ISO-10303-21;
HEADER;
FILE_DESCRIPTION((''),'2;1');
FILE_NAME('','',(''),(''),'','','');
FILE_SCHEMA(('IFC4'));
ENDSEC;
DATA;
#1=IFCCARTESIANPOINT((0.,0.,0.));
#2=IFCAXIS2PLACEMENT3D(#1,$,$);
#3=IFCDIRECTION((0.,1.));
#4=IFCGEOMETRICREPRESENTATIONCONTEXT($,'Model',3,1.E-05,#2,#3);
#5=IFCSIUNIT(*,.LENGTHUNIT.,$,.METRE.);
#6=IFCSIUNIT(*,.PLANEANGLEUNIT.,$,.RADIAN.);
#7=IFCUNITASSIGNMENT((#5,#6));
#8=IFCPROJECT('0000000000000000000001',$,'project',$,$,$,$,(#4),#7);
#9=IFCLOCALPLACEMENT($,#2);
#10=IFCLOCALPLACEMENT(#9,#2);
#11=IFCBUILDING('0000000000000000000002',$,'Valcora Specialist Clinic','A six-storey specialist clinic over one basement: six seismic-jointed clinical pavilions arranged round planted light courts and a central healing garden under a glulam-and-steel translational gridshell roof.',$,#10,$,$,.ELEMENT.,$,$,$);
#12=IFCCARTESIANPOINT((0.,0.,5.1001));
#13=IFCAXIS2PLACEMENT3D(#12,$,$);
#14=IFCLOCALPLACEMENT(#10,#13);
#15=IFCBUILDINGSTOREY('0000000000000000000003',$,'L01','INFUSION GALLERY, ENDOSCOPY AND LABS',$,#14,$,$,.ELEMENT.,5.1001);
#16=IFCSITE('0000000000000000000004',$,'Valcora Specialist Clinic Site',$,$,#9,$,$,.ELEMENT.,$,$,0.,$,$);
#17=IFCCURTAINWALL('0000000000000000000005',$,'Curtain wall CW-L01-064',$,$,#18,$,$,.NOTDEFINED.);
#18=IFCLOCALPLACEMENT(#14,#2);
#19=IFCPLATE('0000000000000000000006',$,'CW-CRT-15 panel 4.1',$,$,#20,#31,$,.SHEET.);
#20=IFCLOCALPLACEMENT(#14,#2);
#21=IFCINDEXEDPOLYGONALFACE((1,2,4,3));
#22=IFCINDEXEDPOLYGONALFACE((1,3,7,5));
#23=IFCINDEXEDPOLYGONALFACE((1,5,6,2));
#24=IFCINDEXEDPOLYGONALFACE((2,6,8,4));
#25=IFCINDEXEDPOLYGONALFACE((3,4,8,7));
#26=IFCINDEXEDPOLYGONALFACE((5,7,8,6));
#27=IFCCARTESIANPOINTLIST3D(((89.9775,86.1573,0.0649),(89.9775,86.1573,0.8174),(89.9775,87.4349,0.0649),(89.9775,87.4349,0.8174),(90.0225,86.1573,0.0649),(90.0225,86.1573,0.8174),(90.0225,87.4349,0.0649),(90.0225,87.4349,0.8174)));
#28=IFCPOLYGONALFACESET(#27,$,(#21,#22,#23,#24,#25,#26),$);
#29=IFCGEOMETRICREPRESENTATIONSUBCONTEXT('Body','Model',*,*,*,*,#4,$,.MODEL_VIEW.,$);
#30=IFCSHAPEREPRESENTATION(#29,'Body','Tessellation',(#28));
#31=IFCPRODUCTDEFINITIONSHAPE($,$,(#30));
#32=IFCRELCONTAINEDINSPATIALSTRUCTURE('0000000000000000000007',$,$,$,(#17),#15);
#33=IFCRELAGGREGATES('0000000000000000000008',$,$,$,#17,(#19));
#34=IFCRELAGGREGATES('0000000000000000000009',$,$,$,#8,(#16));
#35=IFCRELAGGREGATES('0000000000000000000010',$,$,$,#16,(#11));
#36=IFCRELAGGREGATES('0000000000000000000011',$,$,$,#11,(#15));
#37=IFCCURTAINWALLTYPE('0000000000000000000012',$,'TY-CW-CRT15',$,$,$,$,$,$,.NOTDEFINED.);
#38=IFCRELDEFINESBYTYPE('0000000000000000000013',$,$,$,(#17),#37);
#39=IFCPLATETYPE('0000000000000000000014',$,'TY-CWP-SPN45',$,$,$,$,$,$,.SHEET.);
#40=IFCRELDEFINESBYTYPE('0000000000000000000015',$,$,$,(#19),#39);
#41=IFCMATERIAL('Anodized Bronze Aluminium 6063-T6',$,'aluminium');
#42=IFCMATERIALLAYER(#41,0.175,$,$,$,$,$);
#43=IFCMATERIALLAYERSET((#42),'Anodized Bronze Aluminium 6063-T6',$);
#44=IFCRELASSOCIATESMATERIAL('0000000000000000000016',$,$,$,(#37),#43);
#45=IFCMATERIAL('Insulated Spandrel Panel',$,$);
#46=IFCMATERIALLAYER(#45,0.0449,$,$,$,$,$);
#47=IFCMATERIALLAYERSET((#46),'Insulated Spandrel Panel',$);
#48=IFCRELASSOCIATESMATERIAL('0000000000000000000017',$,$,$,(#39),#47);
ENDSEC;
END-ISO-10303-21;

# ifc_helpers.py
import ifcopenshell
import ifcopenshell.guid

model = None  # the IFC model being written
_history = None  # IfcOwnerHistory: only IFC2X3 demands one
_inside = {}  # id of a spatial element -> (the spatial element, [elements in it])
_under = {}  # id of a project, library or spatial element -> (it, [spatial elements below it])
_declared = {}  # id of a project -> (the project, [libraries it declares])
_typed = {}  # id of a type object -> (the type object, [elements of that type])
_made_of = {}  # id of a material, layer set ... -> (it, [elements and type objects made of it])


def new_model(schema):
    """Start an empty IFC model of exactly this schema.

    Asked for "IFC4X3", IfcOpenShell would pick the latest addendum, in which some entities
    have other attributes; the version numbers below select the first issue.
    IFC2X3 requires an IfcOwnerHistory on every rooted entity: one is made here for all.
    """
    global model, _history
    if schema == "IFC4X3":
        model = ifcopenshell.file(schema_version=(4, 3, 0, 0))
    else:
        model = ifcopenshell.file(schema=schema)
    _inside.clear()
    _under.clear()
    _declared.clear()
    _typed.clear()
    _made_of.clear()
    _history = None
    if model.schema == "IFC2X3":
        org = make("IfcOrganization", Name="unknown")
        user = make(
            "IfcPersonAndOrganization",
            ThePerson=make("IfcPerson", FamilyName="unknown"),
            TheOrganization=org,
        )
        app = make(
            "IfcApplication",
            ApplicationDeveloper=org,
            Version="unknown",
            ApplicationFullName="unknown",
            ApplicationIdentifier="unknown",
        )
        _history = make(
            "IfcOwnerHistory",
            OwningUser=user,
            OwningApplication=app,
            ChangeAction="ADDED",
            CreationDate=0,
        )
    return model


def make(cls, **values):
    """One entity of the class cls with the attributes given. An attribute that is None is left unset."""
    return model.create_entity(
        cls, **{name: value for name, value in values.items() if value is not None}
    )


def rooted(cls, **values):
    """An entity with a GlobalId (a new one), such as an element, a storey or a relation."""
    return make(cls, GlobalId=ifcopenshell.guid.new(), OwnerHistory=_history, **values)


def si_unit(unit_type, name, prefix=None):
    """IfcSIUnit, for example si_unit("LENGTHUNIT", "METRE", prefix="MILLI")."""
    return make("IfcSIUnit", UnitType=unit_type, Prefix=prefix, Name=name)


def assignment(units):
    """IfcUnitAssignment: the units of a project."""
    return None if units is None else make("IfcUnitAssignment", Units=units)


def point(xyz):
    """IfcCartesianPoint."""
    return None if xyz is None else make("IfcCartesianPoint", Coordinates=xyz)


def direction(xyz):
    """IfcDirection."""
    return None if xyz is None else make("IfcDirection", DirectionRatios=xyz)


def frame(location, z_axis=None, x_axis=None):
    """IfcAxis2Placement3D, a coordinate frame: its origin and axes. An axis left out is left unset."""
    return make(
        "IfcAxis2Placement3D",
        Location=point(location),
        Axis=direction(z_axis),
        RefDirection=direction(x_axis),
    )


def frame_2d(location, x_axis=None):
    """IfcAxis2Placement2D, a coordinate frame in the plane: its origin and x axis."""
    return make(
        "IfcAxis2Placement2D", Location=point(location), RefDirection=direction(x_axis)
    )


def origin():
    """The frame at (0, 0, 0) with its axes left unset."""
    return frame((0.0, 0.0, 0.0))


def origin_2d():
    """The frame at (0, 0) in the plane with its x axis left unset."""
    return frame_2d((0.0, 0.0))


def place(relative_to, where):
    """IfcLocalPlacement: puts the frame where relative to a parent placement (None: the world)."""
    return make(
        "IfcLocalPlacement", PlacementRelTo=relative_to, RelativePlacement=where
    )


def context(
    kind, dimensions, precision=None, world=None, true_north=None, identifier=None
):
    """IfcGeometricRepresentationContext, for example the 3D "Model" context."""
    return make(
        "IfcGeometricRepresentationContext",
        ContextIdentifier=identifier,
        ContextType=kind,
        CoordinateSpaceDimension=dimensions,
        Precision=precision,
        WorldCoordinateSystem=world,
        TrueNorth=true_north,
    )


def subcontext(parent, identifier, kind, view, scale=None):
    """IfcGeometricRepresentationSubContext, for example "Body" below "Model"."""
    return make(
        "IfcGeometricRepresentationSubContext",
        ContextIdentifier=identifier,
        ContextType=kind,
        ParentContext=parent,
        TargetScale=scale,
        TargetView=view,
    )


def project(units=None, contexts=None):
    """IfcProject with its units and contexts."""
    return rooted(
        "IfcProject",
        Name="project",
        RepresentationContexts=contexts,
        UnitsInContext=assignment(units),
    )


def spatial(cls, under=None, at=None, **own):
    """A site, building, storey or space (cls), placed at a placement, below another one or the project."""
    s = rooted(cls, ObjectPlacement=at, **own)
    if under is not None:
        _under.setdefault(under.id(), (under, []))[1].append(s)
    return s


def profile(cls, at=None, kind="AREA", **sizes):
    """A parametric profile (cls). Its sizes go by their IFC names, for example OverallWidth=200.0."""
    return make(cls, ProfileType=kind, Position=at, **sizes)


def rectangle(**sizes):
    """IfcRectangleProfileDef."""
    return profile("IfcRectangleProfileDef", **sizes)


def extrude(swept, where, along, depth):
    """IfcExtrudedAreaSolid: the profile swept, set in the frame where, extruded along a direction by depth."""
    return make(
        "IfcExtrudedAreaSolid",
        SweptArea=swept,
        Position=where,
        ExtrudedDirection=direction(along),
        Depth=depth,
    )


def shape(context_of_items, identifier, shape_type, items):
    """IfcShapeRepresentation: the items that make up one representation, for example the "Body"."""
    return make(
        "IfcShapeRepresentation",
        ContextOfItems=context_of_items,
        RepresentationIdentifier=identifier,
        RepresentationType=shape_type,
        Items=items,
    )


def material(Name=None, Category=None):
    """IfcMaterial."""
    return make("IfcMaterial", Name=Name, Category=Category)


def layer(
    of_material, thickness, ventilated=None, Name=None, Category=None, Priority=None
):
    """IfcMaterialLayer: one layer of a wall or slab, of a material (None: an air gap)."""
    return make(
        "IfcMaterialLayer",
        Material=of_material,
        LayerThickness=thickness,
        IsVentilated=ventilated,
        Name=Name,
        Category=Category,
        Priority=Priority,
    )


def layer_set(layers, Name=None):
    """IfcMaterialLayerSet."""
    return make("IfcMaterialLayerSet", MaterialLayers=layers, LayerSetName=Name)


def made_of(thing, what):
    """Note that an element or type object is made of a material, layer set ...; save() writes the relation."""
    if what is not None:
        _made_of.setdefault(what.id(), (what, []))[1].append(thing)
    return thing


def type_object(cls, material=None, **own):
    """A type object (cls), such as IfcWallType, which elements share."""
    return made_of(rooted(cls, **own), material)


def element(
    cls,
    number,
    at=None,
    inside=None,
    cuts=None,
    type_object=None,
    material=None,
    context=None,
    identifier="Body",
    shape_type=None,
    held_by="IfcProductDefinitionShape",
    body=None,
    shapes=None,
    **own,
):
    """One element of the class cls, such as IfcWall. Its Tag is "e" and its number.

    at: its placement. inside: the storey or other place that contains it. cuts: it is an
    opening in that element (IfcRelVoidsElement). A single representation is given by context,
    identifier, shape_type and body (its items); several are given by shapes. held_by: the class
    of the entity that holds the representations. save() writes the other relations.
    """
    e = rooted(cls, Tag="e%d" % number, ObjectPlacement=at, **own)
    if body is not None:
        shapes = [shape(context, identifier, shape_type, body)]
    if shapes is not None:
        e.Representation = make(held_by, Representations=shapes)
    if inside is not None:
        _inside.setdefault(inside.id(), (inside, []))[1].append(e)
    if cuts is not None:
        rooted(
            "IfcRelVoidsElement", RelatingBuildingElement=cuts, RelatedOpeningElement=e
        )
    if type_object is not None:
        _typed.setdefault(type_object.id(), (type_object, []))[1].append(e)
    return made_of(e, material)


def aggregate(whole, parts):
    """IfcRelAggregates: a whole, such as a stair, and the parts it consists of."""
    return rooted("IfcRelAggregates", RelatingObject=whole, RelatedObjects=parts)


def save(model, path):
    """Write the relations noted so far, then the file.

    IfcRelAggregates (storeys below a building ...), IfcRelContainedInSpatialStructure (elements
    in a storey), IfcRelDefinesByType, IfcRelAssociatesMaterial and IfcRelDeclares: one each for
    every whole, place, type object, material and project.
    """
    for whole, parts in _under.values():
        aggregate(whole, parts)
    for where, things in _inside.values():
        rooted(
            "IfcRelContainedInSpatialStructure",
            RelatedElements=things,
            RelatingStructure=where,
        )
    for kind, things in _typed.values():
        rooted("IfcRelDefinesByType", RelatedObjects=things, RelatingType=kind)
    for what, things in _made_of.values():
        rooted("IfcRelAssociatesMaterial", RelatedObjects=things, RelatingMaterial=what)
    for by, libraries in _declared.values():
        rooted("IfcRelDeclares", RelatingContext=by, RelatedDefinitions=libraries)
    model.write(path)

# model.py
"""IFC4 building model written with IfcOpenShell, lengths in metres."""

from ifc_helpers import new_model, si_unit, direction, frame, origin, origin_2d, place, context, subcontext, project, spatial, rectangle, extrude, material, layer, layer_set, type_object, element, aggregate, save


model = new_model("IFC4")

# Units and contexts
model_context = context("Model", 3, precision=1e-05, world=origin(), true_north=direction((0.0, 1.0)))
body_context = subcontext(model_context, "Body", "Model", "MODEL_VIEW")
ifc_project = project(units=[si_unit("LENGTHUNIT", "METRE"), si_unit("PLANEANGLEUNIT", "RADIAN")], contexts=[model_context])

# Site, building, storey
site_placement = place(None, origin())
site = spatial("IfcSite", under=ifc_project, at=site_placement, Name="Valcora Specialist Clinic Site", CompositionType="ELEMENT", RefElevation=0.0)
building_placement = place(site_placement, origin())
building = spatial("IfcBuilding", under=site, at=building_placement, Name="Valcora Specialist Clinic", Description="A six-storey specialist clinic over one basement: six seismic-jointed clinical pavilions arranged round planted light courts and a central healing garden under a glulam-and-steel translational gridshell roof.", CompositionType="ELEMENT")
storey_placement = place(building_placement, frame((0.0, 0.0, 5.1001)))
storey = spatial("IfcBuildingStorey", under=building, at=storey_placement, Name="L01", Description="INFUSION GALLERY, ENDOSCOPY AND LABS", CompositionType="ELEMENT", Elevation=5.1001)

# Curtain wall, plate
ifc_material_1 = material(Name="Anodized Bronze Aluminium 6063-T6", Category="aluminium")
ifc_layer_1 = layer(ifc_material_1, 0.175)
ifc_layer_set_1 = layer_set([ifc_layer_1], Name="Anodized Bronze Aluminium 6063-T6")
curtain_wall_type = type_object("IfcCurtainWallType", Name="TY-CW-CRT15", PredefinedType="NOTDEFINED", material=ifc_layer_set_1)
curtain_wall_placement = place(storey_placement, origin())
curtain_wall = element("IfcCurtainWall", 1, at=curtain_wall_placement, inside=storey, type_object=curtain_wall_type, Name="Curtain wall CW-L01-064", PredefinedType="NOTDEFINED")
ifc_material_2 = material(Name="Insulated Spandrel Panel")
ifc_layer_2 = layer(ifc_material_2, 0.0449)
ifc_layer_set_2 = layer_set([ifc_layer_2], Name="Insulated Spandrel Panel")
plate_type_1 = type_object("IfcPlateType", Name="TY-CWP-SPN45", PredefinedType="SHEET", material=ifc_layer_set_2)
plate_1_placement = place(storey_placement, frame((90.0, 86.7961, 0.0649), z_axis=(0.0, 0.0, 1.0), x_axis=(0.0, 1.0, 0.0)))
plate_1 = element("IfcPlate", 2, at=plate_1_placement, type_object=plate_type_1, Name="CW-CRT-15 panel 4.1", PredefinedType="SHEET", context=body_context, shape_type="SweptSolid", body=[
    extrude(rectangle(XDim=1.2776, YDim=0.0449, at=origin_2d()), origin(), (0.0, 0.0, 1.0), 0.7524),
])
aggregate(curtain_wall, [plate_1])

save(model, "model.ifc")
